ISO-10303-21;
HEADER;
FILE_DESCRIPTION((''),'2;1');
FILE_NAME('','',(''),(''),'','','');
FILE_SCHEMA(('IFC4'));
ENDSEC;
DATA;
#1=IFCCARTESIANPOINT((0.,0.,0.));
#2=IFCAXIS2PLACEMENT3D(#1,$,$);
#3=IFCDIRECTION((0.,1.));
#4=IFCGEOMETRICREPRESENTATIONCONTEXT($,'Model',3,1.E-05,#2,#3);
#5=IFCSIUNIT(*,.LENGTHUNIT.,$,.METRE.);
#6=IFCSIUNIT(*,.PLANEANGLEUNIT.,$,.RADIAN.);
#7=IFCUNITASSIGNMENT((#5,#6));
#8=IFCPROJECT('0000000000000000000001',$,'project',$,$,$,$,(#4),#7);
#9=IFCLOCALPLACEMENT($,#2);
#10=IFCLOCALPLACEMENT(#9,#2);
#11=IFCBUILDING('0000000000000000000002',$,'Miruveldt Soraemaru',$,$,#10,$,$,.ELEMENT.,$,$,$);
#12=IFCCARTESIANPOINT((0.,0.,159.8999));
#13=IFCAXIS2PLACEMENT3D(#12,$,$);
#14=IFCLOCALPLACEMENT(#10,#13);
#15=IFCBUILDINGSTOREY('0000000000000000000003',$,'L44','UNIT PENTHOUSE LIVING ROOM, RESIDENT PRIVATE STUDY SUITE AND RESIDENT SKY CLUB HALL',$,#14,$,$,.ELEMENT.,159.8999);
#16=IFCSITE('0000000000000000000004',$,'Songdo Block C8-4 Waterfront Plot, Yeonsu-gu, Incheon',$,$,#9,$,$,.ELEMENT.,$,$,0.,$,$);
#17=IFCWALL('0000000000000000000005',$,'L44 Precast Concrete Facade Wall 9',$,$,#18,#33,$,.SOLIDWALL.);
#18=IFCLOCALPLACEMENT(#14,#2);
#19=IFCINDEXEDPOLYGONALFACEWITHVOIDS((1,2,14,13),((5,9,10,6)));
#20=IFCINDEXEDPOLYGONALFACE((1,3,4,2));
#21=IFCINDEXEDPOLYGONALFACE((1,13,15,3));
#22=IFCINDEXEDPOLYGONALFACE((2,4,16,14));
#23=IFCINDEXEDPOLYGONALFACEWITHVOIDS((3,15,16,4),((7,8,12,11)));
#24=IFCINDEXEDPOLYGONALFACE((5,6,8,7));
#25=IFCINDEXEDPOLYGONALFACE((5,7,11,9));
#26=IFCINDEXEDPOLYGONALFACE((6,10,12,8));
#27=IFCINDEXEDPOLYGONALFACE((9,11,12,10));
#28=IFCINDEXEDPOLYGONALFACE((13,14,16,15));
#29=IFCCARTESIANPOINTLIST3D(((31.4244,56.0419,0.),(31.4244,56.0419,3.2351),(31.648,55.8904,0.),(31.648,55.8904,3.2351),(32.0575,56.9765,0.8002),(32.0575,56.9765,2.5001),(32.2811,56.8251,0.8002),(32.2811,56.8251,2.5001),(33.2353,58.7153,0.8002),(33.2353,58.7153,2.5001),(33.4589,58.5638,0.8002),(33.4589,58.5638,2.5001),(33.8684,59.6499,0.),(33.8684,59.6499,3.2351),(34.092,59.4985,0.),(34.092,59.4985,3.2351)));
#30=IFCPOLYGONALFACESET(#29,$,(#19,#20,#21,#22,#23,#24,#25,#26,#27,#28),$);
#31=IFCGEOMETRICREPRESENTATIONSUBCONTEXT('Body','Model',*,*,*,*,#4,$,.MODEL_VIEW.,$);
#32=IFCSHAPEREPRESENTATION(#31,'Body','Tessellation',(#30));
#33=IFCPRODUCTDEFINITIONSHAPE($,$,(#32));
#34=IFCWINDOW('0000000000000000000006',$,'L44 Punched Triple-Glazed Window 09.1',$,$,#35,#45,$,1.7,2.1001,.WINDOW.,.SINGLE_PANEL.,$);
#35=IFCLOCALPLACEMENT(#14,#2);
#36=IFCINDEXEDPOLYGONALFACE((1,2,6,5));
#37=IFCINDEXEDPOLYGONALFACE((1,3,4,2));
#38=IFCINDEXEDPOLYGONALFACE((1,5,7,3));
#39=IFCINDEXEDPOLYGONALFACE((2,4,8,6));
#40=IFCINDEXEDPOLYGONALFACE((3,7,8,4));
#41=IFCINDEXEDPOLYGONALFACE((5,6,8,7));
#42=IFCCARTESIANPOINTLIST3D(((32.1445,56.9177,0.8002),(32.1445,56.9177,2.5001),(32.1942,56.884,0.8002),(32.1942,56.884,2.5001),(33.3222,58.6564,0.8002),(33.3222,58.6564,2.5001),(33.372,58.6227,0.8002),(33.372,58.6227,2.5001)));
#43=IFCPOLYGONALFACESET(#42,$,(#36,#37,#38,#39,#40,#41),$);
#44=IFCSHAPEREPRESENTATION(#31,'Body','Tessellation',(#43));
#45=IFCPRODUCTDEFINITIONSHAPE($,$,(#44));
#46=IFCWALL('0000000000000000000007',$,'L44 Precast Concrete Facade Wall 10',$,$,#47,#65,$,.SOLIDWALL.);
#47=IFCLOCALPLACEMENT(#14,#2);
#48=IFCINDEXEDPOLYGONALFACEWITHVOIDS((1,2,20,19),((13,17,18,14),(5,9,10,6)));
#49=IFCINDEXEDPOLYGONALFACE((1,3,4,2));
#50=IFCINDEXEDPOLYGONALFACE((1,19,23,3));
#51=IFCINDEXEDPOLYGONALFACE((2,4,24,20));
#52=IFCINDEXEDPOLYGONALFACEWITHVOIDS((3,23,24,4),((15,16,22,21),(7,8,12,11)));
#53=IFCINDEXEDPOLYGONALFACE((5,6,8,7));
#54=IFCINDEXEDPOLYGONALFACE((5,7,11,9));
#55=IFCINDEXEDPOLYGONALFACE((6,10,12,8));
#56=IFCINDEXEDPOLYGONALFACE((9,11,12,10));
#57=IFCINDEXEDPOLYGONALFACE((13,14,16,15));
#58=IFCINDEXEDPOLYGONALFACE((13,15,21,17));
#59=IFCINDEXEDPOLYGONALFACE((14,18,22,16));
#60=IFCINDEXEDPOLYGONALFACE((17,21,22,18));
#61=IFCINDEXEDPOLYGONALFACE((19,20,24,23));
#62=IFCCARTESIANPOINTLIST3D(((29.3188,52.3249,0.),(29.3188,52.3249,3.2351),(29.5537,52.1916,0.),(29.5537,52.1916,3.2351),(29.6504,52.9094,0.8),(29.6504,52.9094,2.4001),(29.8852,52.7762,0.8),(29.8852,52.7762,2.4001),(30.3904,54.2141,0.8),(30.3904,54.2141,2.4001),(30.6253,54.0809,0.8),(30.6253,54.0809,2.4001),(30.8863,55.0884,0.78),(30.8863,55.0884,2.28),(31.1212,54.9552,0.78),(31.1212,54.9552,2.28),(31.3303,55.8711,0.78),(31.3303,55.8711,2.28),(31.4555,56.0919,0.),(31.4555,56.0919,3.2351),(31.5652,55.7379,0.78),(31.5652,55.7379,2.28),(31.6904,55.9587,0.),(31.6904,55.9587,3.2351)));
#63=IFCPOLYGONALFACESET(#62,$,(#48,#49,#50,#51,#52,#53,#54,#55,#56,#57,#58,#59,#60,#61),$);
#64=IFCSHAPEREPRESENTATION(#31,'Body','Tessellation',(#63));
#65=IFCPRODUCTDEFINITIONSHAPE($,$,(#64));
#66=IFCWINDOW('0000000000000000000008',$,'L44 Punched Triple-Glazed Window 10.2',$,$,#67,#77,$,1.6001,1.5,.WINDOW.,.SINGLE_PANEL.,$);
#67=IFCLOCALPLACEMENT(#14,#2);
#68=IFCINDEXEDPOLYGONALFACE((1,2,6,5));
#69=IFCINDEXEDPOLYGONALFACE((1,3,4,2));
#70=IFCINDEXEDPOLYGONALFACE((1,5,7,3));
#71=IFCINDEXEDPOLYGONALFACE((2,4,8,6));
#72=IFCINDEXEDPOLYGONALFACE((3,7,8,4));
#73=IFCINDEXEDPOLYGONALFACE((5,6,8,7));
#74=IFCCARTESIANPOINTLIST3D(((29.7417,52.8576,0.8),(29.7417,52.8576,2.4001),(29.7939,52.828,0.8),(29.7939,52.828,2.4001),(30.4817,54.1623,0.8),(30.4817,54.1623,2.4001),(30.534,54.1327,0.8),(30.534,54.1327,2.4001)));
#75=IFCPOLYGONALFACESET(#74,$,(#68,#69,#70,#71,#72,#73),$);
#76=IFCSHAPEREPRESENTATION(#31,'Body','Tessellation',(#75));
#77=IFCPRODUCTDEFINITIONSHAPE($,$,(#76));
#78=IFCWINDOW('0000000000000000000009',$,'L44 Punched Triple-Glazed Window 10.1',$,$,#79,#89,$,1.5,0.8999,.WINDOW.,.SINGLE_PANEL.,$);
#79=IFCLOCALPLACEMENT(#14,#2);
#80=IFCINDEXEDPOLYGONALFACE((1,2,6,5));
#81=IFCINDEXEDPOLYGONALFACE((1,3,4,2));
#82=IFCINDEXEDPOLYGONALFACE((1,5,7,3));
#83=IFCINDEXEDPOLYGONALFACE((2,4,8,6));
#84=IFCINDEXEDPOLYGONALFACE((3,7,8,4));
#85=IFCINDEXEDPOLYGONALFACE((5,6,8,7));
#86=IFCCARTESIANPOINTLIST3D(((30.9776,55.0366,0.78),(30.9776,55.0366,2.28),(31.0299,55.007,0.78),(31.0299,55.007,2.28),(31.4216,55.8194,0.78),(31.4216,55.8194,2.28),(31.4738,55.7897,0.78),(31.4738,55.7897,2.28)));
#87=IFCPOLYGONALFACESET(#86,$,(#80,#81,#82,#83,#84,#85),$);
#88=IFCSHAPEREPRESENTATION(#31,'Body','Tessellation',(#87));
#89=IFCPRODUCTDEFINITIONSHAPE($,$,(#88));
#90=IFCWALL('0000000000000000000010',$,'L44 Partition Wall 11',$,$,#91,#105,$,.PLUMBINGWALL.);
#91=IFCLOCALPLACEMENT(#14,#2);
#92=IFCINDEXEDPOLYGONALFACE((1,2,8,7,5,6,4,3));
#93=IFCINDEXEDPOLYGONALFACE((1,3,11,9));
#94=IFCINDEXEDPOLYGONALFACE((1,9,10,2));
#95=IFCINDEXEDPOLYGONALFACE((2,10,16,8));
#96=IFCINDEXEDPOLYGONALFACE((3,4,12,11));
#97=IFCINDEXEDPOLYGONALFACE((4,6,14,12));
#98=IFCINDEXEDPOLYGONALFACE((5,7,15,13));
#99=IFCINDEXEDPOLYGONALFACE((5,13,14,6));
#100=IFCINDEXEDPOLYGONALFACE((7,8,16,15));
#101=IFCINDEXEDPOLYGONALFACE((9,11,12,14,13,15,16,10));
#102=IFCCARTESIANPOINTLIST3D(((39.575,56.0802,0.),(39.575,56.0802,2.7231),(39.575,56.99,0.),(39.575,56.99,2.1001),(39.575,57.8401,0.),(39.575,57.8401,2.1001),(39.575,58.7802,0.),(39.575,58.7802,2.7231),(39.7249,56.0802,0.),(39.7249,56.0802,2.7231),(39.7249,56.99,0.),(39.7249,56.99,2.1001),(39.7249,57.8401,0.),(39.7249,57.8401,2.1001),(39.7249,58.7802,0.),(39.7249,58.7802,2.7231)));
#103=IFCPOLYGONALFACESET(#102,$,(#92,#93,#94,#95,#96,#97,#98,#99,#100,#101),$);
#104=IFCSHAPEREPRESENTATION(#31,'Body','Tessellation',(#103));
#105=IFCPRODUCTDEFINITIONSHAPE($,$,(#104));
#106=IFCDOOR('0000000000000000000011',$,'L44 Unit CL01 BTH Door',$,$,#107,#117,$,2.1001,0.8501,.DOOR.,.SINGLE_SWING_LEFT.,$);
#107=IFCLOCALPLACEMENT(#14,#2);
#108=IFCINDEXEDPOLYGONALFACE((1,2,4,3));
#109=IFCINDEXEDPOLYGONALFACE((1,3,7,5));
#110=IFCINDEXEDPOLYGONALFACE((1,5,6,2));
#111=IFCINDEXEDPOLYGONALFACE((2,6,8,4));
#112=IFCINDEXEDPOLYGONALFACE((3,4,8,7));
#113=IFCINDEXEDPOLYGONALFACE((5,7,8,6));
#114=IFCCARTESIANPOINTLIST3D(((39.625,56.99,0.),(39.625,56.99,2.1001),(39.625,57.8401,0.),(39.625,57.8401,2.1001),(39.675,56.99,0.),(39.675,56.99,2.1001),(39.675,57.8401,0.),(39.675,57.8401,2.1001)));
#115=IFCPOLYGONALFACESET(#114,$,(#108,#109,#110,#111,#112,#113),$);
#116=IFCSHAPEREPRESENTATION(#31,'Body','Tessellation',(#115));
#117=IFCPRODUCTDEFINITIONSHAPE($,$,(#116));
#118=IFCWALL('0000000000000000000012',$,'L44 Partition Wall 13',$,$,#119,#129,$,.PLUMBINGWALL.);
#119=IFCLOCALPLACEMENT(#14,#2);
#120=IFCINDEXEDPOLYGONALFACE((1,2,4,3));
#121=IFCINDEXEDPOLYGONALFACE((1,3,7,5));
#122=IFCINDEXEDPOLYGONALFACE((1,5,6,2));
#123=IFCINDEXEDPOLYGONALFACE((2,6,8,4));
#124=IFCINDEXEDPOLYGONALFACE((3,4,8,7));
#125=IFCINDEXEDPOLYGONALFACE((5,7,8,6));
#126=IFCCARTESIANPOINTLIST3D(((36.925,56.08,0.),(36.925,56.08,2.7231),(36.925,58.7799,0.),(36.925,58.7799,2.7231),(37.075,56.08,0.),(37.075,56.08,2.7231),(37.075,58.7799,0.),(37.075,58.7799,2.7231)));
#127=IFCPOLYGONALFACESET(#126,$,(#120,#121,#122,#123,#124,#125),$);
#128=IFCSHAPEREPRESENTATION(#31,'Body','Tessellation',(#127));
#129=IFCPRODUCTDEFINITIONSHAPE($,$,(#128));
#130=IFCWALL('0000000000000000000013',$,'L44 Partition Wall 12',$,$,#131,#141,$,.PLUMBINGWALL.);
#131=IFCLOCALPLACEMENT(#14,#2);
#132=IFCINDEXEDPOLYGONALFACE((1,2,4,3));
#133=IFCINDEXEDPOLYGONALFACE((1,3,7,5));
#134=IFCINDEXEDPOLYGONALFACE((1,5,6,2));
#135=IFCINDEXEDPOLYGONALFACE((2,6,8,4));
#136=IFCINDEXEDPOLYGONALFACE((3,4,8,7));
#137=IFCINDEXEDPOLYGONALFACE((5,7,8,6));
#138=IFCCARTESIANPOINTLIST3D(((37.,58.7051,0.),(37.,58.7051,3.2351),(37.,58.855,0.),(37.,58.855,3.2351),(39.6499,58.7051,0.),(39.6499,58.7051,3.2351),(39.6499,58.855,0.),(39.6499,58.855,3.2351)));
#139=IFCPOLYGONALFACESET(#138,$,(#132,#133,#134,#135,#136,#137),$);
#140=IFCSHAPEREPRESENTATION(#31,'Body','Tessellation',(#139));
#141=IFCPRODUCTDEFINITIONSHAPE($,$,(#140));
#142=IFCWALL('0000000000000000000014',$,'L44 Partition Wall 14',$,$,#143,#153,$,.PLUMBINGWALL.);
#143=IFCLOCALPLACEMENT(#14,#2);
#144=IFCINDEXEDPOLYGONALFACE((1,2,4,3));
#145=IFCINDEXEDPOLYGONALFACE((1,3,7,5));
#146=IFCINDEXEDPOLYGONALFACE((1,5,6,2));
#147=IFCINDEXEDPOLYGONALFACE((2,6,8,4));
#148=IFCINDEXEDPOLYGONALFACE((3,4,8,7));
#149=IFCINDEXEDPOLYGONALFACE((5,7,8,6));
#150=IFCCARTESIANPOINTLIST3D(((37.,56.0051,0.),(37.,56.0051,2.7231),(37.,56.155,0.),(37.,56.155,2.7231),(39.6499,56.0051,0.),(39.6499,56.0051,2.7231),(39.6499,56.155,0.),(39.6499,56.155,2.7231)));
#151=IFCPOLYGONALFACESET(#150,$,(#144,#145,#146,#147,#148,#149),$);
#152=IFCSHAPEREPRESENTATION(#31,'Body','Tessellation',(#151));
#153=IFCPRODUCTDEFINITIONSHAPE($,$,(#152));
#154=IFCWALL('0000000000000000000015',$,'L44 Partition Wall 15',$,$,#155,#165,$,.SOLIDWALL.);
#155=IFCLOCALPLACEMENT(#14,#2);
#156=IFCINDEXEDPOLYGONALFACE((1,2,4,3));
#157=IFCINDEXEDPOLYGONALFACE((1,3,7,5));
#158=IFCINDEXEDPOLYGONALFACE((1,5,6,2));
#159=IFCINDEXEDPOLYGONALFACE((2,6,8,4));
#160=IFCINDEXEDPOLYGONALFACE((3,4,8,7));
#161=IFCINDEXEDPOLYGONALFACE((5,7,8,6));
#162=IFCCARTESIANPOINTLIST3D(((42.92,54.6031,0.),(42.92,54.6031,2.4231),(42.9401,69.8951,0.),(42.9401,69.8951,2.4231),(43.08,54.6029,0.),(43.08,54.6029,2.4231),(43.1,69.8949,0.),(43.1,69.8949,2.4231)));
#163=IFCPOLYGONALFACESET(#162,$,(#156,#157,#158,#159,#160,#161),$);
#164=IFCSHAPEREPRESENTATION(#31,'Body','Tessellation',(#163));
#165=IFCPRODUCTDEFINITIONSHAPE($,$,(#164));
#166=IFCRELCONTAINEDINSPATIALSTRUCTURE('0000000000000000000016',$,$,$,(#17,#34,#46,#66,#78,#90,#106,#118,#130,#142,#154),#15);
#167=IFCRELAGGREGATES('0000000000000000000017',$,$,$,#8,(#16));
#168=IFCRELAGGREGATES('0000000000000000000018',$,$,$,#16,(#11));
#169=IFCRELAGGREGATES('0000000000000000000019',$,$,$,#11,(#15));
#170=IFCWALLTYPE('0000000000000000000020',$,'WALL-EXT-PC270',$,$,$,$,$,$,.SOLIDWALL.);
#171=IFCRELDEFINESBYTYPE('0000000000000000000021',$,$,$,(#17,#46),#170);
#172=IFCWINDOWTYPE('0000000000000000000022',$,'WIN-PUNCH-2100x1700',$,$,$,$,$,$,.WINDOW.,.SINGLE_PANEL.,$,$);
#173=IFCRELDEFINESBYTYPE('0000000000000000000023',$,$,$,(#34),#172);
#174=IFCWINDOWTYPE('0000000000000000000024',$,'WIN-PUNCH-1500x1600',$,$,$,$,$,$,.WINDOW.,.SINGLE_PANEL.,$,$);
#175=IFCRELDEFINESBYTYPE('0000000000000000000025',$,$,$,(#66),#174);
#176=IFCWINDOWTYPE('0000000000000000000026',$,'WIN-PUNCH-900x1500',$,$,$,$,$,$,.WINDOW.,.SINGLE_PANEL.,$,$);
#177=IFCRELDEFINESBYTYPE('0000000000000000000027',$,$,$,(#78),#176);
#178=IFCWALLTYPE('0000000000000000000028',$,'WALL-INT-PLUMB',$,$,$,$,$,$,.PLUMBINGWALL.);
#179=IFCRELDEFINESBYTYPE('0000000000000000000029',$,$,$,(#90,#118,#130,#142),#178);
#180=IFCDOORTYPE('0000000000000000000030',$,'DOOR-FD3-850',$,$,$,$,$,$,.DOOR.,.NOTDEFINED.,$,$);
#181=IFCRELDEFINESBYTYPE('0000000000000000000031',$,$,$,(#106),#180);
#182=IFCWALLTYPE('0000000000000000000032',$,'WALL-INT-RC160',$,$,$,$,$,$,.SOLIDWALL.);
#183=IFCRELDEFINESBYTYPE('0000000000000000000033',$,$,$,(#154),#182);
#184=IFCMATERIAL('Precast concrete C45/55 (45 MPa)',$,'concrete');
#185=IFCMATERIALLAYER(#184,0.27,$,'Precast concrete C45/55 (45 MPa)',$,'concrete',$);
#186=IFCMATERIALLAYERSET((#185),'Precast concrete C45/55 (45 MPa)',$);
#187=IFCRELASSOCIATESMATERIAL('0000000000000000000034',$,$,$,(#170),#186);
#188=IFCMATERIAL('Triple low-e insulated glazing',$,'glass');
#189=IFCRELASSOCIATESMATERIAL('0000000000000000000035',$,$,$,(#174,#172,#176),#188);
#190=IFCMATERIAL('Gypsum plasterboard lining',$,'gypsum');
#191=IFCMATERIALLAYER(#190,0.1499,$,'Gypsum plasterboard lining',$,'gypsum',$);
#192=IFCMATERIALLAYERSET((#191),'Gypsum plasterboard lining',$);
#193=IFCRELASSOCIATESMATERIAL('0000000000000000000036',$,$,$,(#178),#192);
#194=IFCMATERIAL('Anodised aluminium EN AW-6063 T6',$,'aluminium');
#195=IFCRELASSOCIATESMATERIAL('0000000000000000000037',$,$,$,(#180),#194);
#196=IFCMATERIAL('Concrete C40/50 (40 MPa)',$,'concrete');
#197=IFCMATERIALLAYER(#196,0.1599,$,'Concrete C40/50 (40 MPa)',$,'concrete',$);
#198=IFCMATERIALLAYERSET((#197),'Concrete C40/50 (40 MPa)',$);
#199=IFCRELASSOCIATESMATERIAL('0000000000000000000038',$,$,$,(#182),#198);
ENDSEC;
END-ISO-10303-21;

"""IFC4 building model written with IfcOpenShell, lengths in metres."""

from ifc_helpers import new_model, si_unit, direction, frame, frame_2d, origin, place, context, subcontext, project, spatial, rectangle, extrude, material, layer, layer_set, type_object, element, fill, save


model = new_model("IFC4")

# Units and contexts
model_context = context("Model", 3, precision=1e-05, world=origin(), true_north=direction((0.0, 1.0)))
body_context = subcontext(model_context, "Body", "Model", "MODEL_VIEW")
ifc_project = project(units=[si_unit("LENGTHUNIT", "METRE"), si_unit("PLANEANGLEUNIT", "RADIAN")], contexts=[model_context])

# Site, building, storey
site_placement = place(None, origin())
site = spatial("IfcSite", under=ifc_project, at=site_placement, Name="Songdo Block C8-4 Waterfront Plot, Yeonsu-gu, Incheon", CompositionType="ELEMENT", RefElevation=0.0)
building_placement = place(site_placement, origin())
building = spatial("IfcBuilding", under=site, at=building_placement, Name="Miruveldt Soraemaru", CompositionType="ELEMENT")
storey_placement = place(building_placement, frame((0.0, 0.0, 159.8999)))
storey = spatial("IfcBuildingStorey", under=building, at=storey_placement, Name="L44", Description="UNIT PENTHOUSE LIVING ROOM, RESIDENT PRIVATE STUDY SUITE AND RESIDENT SKY CLUB HALL", CompositionType="ELEMENT", Elevation=159.8999)

# Shared definitions
ifc_material_1 = material(Name="Triple low-e insulated glazing", Category="glass")
ifc_material_2 = material(Name="Precast concrete C45/55 (45 MPa)", Category="concrete")
ifc_layer_1 = layer(ifc_material_2, 0.27, Name="Precast concrete C45/55 (45 MPa)", Category="concrete")
ifc_layer_set_1 = layer_set([ifc_layer_1], Name="Precast concrete C45/55 (45 MPa)")
wall_type_1 = type_object("IfcWallType", Name="WALL-EXT-PC270", PredefinedType="SOLIDWALL", material=ifc_layer_set_1)
window_type_1 = type_object("IfcWindowType", Name="WIN-PUNCH-1500x1600", PartitioningType="SINGLE_PANEL", PredefinedType="WINDOW", material=ifc_material_1)
window_type_2 = type_object("IfcWindowType", Name="WIN-PUNCH-2100x1700", PartitioningType="SINGLE_PANEL", PredefinedType="WINDOW", material=ifc_material_1)

# Wall, opening, window
wall_1_placement = place(storey_placement, frame((33.9802, 59.5742, 0.0), z_axis=(0.0, 0.0, 1.0), x_axis=(-0.560826, -0.827934, 0.0)))
wall_1 = element("IfcWall", 1, at=wall_1_placement, inside=storey, type_object=wall_type_1, Name="L44 Precast Concrete Facade Wall 9", PredefinedType="SOLIDWALL", context=body_context, shape_type="SweptSolid", body=[
    extrude(rectangle(XDim=4.3579, YDim=0.27, at=frame_2d((2.179, 0.0))), origin(), (0.0, 0.0, 1.0), 3.2351),
])
opening_1_placement = place(wall_1_placement, frame((1.1289, 0.0, 0.8)))
opening_1 = element("IfcOpeningElement", 2, at=opening_1_placement, cuts=wall_1, PredefinedType="OPENING", context=body_context, shape_type="SweptSolid", body=[
    extrude(rectangle(XDim=2.1001, YDim=1.7, at=frame_2d((1.05, 0.8501))), frame((0.0, 0.145, 0.0), z_axis=(0.0, -1.0, 0.0), x_axis=(1.0, 0.0, 0.0)), (0.0, 0.0, 1.0), 0.29),
])
window_1_placement = place(opening_1_placement, origin())
window_1 = element("IfcWindow", 3, at=window_1_placement, inside=storey, type_object=window_type_2, Name="L44 Punched Triple-Glazed Window 09.1", OverallHeight=1.7, OverallWidth=2.1001, PartitioningType="SINGLE_PANEL", PredefinedType="WINDOW", context=body_context, shape_type="SweptSolid", body=[
    extrude(rectangle(XDim=2.1001, YDim=1.7, at=frame_2d((1.05, 0.8501))), frame((0.0, 0.03, 0.0), z_axis=(0.0, -1.0, 0.0), x_axis=(1.0, 0.0, 0.0)), (0.0, 0.0, 1.0), 0.0601),
])
fill(opening_1, window_1)

# Wall, openings, windows
wall_2_placement = place(storey_placement, frame((31.573, 56.0254, 0.0), z_axis=(0.0, 0.0, 1.0), x_axis=(-0.493368, -0.869821, 0.0)))
wall_2 = element("IfcWall", 4, at=wall_2_placement, inside=storey, type_object=wall_type_1, Name="L44 Precast Concrete Facade Wall 10", PredefinedType="SOLIDWALL", context=body_context, shape_type="SweptSolid", body=[
    extrude(rectangle(XDim=4.3308, YDim=0.27, at=frame_2d((2.1655, 0.0))), origin(), (0.0, 0.0, 1.0), 3.2351),
])
opening_2_placement = place(wall_2_placement, frame((0.2539, 0.0, 0.78)))
opening_2 = element("IfcOpeningElement", 5, at=opening_2_placement, cuts=wall_2, PredefinedType="OPENING", context=body_context, shape_type="SweptSolid", body=[
    extrude(rectangle(XDim=0.8999, YDim=1.5, at=frame_2d((0.45, 0.75))), frame((0.0, 0.145, 0.0), z_axis=(0.0, -1.0, 0.0), x_axis=(1.0, 0.0, 0.0)), (0.0, 0.0, 1.0), 0.29),
])
opening_3_placement = place(wall_2_placement, frame((2.1589, 0.0, 0.8)))
opening_3 = element("IfcOpeningElement", 6, at=opening_3_placement, cuts=wall_2, PredefinedType="OPENING", context=body_context, shape_type="SweptSolid", body=[
    extrude(rectangle(XDim=1.5, YDim=1.6001, at=frame_2d((0.75, 0.8))), frame((0.0, 0.145, 0.0), z_axis=(0.0, -1.0, 0.0), x_axis=(1.0, 0.0, 0.0)), (0.0, 0.0, 1.0), 0.29),
])
window_2_placement = place(opening_3_placement, origin())
window_2 = element("IfcWindow", 7, at=window_2_placement, inside=storey, type_object=window_type_1, Name="L44 Punched Triple-Glazed Window 10.2", OverallHeight=1.6001, OverallWidth=1.5, PartitioningType="SINGLE_PANEL", PredefinedType="WINDOW", context=body_context, shape_type="SweptSolid", body=[
    extrude(rectangle(XDim=1.5, YDim=1.6001, at=frame_2d((0.75, 0.8))), frame((0.0, 0.03, 0.0), z_axis=(0.0, -1.0, 0.0), x_axis=(1.0, 0.0, 0.0)), (0.0, 0.0, 1.0), 0.0601),
])
fill(opening_3, window_2)
window_type_3 = type_object("IfcWindowType", Name="WIN-PUNCH-900x1500", PartitioningType="SINGLE_PANEL", PredefinedType="WINDOW", material=ifc_material_1)
window_3_placement = place(opening_2_placement, origin())
window_3 = element("IfcWindow", 8, at=window_3_placement, inside=storey, type_object=window_type_3, Name="L44 Punched Triple-Glazed Window 10.1", OverallHeight=1.5, OverallWidth=0.8999, PartitioningType="SINGLE_PANEL", PredefinedType="WINDOW", context=body_context, shape_type="SweptSolid", body=[
    extrude(rectangle(XDim=0.8999, YDim=1.5, at=frame_2d((0.45, 0.75))), frame((0.0, 0.03, 0.0), z_axis=(0.0, -1.0, 0.0), x_axis=(1.0, 0.0, 0.0)), (0.0, 0.0, 1.0), 0.0601),
])
fill(opening_2, window_3)

# Wall, opening, door
ifc_material_3 = material(Name="Gypsum plasterboard lining", Category="gypsum")
ifc_layer_2 = layer(ifc_material_3, 0.1499, Name="Gypsum plasterboard lining", Category="gypsum")
ifc_layer_set_2 = layer_set([ifc_layer_2], Name="Gypsum plasterboard lining")
wall_type_2 = type_object("IfcWallType", Name="WALL-INT-PLUMB", PredefinedType="PLUMBINGWALL", material=ifc_layer_set_2)
wall_3_placement = place(storey_placement, frame((39.6499, 56.0801, 0.0), z_axis=(0.0, 0.0, 1.0), x_axis=(0.0, 1.0, 0.0)))
wall_3 = element("IfcWall", 9, at=wall_3_placement, inside=storey, type_object=wall_type_2, Name="L44 Partition Wall 11", PredefinedType="PLUMBINGWALL", context=body_context, shape_type="SweptSolid", body=[
    extrude(rectangle(XDim=2.7, YDim=0.1499, at=frame_2d((1.3501, 0.0))), origin(), (0.0, 0.0, 1.0), 2.7231),
])
opening_4_placement = place(wall_3_placement, frame((0.9099, 0.0, 0.0)))
opening_4 = element("IfcOpeningElement", 10, at=opening_4_placement, cuts=wall_3, PredefinedType="OPENING", context=body_context, shape_type="SweptSolid", body=[
    extrude(rectangle(XDim=0.8501, YDim=2.1001, at=frame_2d((0.425, 1.05))), frame((0.0, 0.085, 0.0), z_axis=(0.0, -1.0, 0.0), x_axis=(1.0, 0.0, 0.0)), (0.0, 0.0, 1.0), 0.1699),
])
ifc_material_4 = material(Name="Anodised aluminium EN AW-6063 T6", Category="aluminium")
door_type = type_object("IfcDoorType", Name="DOOR-FD3-850", OperationType="NOTDEFINED", PredefinedType="DOOR", material=ifc_material_4)
door_placement = place(opening_4_placement, origin())
door = element("IfcDoor", 11, at=door_placement, inside=storey, type_object=door_type, Name="L44 Unit CL01 BTH Door", OperationType="SINGLE_SWING_LEFT", OverallHeight=2.1001, OverallWidth=0.8501, PredefinedType="DOOR", context=body_context, shape_type="SweptSolid", body=[
    extrude(rectangle(XDim=0.8501, YDim=2.1001, at=frame_2d((0.425, 1.05))), frame((0.0, 0.0249, 0.0), z_axis=(0.0, -1.0, 0.0), x_axis=(1.0, 0.0, 0.0)), (0.0, 0.0, 1.0), 0.05),
])
fill(opening_4, door)

# Walls
wall_4_placement = place(storey_placement, frame((37.0, 58.78, 0.0), z_axis=(0.0, 0.0, 1.0), x_axis=(0.0, -1.0, 0.0)))
element("IfcWall", 12, at=wall_4_placement, inside=storey, type_object=wall_type_2, Name="L44 Partition Wall 13", PredefinedType="PLUMBINGWALL", context=body_context, shape_type="SweptSolid", body=[
    extrude(rectangle(XDim=2.7, YDim=0.1499, at=frame_2d((1.3501, 0.0))), origin(), (0.0, 0.0, 1.0), 2.7231),
])
wall_5_placement = place(storey_placement, frame((39.6499, 58.78, 0.0), z_axis=(0.0, 0.0, 1.0), x_axis=(-1.0, 0.0, 0.0)))
element("IfcWall", 13, at=wall_5_placement, inside=storey, type_object=wall_type_2, Name="L44 Partition Wall 12", PredefinedType="PLUMBINGWALL", context=body_context, shape_type="SweptSolid", body=[
    extrude(rectangle(XDim=2.6499, YDim=0.1499, at=frame_2d((1.325, 0.0))), origin(), (0.0, 0.0, 1.0), 3.2351),
])
wall_6_placement = place(storey_placement, frame((37.0, 56.0801, 0.0), z_axis=(0.0, 0.0, 1.0), x_axis=(1.0, 0.0, 0.0)))
element("IfcWall", 14, at=wall_6_placement, inside=storey, type_object=wall_type_2, Name="L44 Partition Wall 14", PredefinedType="PLUMBINGWALL", context=body_context, shape_type="SweptSolid", body=[
    extrude(rectangle(XDim=2.6499, YDim=0.1499, at=frame_2d((1.325, 0.0))), origin(), (0.0, 0.0, 1.0), 2.7231),
])
ifc_material_5 = material(Name="Concrete C40/50 (40 MPa)", Category="concrete")
ifc_layer_3 = layer(ifc_material_5, 0.1599, Name="Concrete C40/50 (40 MPa)", Category="concrete")
ifc_layer_set_3 = layer_set([ifc_layer_3], Name="Concrete C40/50 (40 MPa)")
wall_type_3 = type_object("IfcWallType", Name="WALL-INT-RC160", PredefinedType="SOLIDWALL", material=ifc_layer_set_3)
wall_7_placement = place(storey_placement, frame((43.0, 54.603, 0.0), z_axis=(0.0, 0.0, 1.0), x_axis=(0.001309, 0.999999, 0.0)))
element("IfcWall", 15, at=wall_7_placement, inside=storey, type_object=wall_type_3, Name="L44 Partition Wall 15", PredefinedType="SOLIDWALL", context=body_context, shape_type="SweptSolid", body=[
    extrude(rectangle(XDim=15.292, YDim=0.1599, at=frame_2d((7.646, 0.0))), origin(), (0.0, 0.0, 1.0), 2.4231),
])

save(model, "model.ifc")
